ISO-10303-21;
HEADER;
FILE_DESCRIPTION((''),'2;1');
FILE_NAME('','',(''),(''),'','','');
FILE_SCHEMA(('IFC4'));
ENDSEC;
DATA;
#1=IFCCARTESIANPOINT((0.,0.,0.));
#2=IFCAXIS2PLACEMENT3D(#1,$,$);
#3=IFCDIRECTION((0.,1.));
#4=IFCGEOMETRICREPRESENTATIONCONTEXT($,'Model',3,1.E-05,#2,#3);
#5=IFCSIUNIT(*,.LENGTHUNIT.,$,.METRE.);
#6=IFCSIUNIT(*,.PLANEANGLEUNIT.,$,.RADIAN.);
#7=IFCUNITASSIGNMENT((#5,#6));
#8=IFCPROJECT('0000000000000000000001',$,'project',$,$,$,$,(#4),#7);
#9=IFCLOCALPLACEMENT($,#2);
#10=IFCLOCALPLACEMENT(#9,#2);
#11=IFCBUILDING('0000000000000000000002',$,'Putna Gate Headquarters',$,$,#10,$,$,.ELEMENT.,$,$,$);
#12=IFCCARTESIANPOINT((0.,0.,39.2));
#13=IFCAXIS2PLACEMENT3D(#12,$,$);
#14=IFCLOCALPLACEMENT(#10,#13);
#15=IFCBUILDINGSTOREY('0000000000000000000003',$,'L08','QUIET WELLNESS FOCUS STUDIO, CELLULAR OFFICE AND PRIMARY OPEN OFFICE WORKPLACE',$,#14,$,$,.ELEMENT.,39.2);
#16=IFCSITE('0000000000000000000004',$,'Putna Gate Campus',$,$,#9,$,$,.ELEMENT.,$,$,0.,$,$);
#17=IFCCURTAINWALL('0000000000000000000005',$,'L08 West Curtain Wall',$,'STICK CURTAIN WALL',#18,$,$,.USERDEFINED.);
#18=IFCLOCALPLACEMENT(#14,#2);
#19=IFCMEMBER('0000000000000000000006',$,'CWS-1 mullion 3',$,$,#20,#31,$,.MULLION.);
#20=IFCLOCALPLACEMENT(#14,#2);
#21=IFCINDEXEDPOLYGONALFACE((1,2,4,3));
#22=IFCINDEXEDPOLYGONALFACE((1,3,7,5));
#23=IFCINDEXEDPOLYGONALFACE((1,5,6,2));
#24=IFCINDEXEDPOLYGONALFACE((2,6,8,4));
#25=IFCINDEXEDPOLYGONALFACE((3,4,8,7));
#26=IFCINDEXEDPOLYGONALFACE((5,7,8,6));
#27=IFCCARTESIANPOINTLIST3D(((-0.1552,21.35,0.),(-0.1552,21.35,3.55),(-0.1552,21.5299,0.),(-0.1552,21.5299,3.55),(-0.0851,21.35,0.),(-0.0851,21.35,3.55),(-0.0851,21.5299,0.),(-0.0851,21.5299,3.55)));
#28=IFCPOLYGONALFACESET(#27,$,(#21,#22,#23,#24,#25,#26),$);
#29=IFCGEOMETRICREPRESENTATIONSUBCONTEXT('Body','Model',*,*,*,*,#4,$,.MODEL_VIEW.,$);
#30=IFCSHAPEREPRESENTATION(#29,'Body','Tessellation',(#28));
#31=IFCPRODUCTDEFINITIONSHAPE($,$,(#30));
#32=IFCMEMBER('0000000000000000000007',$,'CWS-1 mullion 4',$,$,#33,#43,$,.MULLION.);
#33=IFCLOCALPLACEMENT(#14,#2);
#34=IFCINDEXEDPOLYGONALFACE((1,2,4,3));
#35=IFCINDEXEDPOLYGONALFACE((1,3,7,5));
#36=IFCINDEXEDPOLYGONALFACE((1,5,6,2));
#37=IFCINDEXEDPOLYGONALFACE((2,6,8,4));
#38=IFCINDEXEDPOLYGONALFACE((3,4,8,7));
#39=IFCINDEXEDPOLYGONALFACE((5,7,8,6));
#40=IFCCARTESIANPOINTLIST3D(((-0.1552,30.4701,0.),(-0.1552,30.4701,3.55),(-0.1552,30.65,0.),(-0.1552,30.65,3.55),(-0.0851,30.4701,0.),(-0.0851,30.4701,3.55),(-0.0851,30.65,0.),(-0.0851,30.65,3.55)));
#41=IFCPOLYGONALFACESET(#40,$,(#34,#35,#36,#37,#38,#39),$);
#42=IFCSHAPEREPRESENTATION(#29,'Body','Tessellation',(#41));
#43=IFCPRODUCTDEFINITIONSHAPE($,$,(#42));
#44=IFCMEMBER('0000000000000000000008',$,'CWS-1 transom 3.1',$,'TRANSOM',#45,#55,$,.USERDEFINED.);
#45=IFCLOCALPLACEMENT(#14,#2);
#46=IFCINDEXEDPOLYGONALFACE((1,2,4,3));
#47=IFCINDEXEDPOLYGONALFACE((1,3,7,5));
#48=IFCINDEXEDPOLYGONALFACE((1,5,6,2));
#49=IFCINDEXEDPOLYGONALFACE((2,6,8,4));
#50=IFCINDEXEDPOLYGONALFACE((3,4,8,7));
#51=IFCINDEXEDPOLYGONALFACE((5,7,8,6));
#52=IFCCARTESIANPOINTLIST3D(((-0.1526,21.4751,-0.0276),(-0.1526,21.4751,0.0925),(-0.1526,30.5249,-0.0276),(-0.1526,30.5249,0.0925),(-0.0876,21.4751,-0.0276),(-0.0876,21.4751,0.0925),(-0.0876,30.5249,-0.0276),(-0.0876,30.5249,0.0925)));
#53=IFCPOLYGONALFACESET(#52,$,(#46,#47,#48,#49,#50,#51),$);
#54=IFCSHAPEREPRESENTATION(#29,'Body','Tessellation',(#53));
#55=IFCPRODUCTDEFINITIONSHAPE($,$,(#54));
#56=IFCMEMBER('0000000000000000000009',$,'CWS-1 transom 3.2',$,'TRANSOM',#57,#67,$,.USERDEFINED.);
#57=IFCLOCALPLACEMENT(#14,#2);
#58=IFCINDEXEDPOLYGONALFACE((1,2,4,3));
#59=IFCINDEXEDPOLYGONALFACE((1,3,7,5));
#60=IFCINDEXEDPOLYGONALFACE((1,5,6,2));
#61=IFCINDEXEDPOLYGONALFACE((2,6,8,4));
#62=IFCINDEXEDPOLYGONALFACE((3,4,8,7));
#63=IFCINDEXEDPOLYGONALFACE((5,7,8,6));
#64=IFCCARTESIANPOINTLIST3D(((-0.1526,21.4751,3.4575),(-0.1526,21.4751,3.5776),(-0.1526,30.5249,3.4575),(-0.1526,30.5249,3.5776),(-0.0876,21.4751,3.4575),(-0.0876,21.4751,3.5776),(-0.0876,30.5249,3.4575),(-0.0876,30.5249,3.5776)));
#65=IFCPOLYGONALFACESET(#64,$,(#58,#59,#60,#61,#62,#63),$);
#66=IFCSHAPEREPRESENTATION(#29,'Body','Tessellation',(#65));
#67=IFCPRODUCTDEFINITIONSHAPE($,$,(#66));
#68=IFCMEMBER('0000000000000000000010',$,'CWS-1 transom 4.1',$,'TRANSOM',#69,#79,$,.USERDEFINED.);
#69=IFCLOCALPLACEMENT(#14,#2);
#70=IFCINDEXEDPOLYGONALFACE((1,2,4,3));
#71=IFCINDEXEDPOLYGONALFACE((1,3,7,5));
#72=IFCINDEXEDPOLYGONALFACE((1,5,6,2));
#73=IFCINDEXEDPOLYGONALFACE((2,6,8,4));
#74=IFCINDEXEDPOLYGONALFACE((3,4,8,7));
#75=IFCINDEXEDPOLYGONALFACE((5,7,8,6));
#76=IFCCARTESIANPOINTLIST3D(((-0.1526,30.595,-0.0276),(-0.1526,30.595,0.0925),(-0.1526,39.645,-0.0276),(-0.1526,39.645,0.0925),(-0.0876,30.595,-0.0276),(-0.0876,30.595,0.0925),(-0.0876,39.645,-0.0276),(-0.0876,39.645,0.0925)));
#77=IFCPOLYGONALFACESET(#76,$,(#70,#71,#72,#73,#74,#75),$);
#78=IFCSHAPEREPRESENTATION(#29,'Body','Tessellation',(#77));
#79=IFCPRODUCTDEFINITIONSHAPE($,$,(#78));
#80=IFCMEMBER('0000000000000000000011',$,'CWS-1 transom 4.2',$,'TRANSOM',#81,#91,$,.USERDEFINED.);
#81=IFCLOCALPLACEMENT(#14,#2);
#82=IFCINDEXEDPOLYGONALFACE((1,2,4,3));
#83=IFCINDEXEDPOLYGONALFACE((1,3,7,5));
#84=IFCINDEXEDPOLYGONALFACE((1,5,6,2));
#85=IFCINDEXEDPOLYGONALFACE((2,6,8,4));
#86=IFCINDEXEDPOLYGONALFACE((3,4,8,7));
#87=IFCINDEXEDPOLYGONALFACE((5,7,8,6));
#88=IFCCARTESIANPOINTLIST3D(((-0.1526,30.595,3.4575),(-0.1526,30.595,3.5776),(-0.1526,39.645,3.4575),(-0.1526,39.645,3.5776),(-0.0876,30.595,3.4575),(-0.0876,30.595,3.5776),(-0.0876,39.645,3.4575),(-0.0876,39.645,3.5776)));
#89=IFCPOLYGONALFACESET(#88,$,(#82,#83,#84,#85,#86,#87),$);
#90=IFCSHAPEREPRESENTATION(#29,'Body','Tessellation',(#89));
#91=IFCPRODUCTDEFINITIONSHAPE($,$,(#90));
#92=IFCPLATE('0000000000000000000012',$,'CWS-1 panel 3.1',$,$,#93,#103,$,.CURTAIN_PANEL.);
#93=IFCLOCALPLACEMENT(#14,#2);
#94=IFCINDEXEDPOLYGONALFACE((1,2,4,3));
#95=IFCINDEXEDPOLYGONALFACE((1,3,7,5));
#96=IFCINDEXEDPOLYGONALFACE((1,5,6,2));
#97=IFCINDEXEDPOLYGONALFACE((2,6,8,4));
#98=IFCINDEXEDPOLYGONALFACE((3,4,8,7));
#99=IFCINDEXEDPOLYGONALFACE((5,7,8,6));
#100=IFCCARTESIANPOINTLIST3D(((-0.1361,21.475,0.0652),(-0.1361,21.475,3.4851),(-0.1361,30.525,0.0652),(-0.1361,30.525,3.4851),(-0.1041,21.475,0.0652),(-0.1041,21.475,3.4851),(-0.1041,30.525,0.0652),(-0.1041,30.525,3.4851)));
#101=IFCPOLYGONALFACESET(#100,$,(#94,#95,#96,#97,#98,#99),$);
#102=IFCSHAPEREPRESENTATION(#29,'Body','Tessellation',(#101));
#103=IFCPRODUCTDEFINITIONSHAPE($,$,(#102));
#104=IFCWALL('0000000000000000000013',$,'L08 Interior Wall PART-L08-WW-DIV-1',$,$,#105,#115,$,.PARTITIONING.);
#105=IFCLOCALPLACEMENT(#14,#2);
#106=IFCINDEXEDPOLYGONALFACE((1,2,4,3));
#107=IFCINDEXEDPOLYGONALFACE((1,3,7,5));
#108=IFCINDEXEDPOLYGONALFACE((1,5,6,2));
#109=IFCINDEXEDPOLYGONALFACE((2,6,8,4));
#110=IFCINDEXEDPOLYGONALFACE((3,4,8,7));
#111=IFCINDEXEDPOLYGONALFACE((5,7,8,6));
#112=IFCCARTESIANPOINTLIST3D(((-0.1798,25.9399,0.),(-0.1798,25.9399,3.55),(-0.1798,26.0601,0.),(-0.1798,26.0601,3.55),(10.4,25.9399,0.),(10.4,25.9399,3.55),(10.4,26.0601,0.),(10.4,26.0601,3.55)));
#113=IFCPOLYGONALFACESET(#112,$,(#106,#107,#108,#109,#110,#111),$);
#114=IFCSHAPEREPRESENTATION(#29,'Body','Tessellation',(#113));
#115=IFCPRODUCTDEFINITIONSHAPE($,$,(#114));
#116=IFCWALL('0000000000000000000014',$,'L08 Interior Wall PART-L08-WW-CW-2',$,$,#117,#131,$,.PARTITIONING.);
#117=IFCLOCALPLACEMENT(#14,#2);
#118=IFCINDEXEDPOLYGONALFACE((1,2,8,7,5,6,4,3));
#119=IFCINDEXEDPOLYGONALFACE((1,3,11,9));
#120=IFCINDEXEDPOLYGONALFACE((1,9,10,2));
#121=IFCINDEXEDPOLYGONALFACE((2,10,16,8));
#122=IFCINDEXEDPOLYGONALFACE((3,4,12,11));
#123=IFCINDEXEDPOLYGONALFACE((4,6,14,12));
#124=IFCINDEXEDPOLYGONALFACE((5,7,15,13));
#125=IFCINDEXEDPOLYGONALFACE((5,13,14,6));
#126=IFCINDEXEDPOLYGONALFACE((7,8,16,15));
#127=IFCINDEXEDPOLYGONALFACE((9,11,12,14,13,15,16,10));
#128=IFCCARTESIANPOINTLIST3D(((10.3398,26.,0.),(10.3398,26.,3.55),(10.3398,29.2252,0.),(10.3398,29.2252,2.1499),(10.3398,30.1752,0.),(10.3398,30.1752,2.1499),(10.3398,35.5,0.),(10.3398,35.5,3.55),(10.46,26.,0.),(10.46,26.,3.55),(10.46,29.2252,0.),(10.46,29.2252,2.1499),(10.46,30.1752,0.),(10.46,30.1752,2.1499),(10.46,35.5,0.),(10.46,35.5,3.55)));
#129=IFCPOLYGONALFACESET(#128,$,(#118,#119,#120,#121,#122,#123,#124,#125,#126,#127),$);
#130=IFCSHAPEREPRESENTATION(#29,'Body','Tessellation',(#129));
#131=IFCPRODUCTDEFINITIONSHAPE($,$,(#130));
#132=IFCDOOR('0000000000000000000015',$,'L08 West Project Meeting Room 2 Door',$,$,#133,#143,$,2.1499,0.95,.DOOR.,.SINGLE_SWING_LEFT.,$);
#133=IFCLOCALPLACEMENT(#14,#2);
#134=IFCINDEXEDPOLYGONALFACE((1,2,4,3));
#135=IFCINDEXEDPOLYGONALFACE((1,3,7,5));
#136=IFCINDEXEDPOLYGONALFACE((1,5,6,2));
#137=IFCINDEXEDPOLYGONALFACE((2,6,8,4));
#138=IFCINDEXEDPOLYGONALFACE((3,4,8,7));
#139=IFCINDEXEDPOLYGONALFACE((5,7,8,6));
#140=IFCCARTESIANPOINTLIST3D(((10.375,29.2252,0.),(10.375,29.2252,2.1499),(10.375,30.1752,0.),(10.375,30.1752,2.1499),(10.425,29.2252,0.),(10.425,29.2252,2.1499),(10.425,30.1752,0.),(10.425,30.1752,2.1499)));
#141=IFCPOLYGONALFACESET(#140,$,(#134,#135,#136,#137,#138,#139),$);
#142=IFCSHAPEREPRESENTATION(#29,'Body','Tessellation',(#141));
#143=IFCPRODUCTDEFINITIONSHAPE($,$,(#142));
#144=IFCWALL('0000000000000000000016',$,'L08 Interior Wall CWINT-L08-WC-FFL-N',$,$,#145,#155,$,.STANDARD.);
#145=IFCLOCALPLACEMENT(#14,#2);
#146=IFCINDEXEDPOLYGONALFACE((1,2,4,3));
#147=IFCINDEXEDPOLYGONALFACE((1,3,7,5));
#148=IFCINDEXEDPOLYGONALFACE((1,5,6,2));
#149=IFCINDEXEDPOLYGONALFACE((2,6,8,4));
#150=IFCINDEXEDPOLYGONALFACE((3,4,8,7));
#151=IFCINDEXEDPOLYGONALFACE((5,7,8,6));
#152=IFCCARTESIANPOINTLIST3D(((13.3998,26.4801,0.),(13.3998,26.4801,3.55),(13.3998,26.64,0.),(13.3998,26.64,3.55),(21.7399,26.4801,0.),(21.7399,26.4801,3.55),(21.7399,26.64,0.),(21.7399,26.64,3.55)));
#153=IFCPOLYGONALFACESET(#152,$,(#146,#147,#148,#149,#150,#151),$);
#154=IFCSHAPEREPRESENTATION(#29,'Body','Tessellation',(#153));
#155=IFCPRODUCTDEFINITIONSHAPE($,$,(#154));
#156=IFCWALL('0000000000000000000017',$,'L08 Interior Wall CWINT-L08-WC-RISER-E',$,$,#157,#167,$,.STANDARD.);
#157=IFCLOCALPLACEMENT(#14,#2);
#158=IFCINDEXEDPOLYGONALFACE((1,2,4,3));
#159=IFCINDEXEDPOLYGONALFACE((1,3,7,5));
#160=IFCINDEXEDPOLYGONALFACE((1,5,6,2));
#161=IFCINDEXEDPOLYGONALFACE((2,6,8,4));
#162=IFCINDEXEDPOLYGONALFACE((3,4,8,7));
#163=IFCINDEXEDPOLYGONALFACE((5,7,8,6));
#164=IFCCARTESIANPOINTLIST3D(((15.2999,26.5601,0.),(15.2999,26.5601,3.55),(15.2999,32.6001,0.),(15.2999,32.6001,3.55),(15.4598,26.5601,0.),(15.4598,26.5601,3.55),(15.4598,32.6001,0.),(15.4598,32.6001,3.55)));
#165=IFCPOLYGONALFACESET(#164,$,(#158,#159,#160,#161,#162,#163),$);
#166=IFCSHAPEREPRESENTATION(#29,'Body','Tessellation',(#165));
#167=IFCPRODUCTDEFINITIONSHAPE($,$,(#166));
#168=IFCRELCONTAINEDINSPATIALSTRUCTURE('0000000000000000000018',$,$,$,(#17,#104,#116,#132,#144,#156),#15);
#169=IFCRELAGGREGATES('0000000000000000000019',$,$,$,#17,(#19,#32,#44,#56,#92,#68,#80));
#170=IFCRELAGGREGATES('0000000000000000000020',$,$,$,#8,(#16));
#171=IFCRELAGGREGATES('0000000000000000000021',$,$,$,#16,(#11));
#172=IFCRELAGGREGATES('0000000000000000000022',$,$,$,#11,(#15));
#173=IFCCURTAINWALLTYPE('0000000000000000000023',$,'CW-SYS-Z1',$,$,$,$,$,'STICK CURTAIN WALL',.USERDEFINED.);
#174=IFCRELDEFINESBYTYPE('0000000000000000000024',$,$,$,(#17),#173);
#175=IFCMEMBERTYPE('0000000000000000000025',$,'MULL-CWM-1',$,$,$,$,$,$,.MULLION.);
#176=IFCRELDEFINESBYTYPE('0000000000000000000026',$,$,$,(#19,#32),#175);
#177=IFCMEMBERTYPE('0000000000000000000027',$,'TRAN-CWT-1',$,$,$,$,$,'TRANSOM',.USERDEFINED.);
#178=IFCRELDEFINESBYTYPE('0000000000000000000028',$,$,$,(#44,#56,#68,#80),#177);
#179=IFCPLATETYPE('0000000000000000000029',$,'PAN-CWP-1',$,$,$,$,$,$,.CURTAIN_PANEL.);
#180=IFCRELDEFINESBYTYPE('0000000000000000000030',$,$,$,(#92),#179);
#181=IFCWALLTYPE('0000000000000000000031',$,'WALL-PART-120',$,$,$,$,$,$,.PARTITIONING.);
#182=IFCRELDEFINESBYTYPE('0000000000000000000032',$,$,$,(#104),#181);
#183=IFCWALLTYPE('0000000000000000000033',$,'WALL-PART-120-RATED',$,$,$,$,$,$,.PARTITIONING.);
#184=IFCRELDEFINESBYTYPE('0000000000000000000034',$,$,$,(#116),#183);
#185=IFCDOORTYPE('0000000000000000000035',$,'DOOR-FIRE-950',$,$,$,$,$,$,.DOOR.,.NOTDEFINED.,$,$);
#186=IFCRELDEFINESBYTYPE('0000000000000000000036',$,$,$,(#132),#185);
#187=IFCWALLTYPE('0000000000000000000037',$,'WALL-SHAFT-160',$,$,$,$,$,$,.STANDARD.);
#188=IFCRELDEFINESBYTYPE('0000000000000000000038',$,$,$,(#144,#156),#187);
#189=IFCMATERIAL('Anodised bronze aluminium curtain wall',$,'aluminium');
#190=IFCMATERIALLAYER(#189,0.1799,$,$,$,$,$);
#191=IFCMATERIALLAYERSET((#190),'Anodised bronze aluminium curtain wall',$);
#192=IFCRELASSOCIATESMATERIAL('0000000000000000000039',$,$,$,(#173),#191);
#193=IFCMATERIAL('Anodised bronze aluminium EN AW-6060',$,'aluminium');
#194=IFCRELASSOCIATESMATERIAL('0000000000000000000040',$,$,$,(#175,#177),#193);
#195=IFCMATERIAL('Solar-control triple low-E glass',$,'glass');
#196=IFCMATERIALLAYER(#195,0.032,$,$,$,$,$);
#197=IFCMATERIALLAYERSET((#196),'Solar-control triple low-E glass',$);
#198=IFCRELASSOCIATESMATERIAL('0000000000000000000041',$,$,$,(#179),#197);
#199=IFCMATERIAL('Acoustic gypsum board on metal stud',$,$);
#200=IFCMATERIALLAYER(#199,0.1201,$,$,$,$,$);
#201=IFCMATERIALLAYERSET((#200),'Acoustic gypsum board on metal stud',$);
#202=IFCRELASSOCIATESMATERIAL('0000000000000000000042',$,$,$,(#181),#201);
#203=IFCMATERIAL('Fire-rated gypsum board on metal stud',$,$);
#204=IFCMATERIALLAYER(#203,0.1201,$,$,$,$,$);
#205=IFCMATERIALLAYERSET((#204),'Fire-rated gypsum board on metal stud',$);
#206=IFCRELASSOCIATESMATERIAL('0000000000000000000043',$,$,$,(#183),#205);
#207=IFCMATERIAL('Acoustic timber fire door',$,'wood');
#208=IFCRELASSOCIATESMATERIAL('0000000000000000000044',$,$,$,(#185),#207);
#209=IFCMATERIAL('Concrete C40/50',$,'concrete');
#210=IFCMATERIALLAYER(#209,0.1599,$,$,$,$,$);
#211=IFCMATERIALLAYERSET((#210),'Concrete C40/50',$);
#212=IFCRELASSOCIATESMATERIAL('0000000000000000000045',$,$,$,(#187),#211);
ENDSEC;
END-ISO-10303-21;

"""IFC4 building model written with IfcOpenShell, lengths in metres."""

from ifc_helpers import new_model, si_unit, direction, frame, frame_2d, origin, origin_2d, place, context, subcontext, project, spatial, rectangle, extrude, material, layer, layer_set, material_profile, profile_set, type_object, element, fill, aggregate, save


model = new_model("IFC4")

# Units and contexts
model_context = context("Model", 3, precision=1e-05, world=origin(), true_north=direction((0.0, 1.0)))
body_context = subcontext(model_context, "Body", "Model", "MODEL_VIEW")
ifc_project = project(units=[si_unit("LENGTHUNIT", "METRE"), si_unit("PLANEANGLEUNIT", "RADIAN")], contexts=[model_context])

# Site, building, storey
site_placement = place(None, origin())
site = spatial("IfcSite", under=ifc_project, at=site_placement, Name="Putna Gate Campus", CompositionType="ELEMENT", RefElevation=0.0)
building_placement = place(site_placement, origin())
building = spatial("IfcBuilding", under=site, at=building_placement, Name="Putna Gate Headquarters", CompositionType="ELEMENT")
storey_placement = place(building_placement, frame((0.0, 0.0, 39.2)))
storey = spatial("IfcBuildingStorey", under=building, at=storey_placement, Name="L08", Description="QUIET WELLNESS FOCUS STUDIO, CELLULAR OFFICE AND PRIMARY OPEN OFFICE WORKPLACE", CompositionType="ELEMENT", Elevation=39.2)

# Curtain wall, members, plate
ifc_material_1 = material(Name="Anodised bronze aluminium curtain wall", Category="aluminium")
ifc_layer_1 = layer(ifc_material_1, 0.1799)
ifc_layer_set_1 = layer_set([ifc_layer_1], Name="Anodised bronze aluminium curtain wall")
curtain_wall_type = type_object("IfcCurtainWallType", Name="CW-SYS-Z1", ElementType="STICK CURTAIN WALL", PredefinedType="USERDEFINED", material=ifc_layer_set_1)
curtain_wall_placement = place(storey_placement, origin())
curtain_wall = element("IfcCurtainWall", 1, at=curtain_wall_placement, inside=storey, type_object=curtain_wall_type, Name="L08 West Curtain Wall", ObjectType="STICK CURTAIN WALL", PredefinedType="USERDEFINED")
ifc_material_2 = material(Name="Anodised bronze aluminium EN AW-6060", Category="aluminium")
ifc_material_profile_1 = material_profile(ifc_material_2, rectangle(XDim=0.0701, YDim=0.1799, at=origin_2d()), Name="Anodised bronze aluminium EN AW-6060")
ifc_profile_set_1 = profile_set([ifc_material_profile_1], Name="Anodised bronze aluminium EN AW-6060")
member_type_1 = type_object("IfcMemberType", Name="MULL-CWM-1", PredefinedType="MULLION", material=ifc_profile_set_1)
member_1_placement = place(storey_placement, frame((-0.1201, 21.4399, 0.0), z_axis=(0.0, 0.0, 1.0), x_axis=(-1.0, 0.0, 0.0)))
member_1 = element("IfcMember", 2, at=member_1_placement, type_object=member_type_1, Name="CWS-1 mullion 3", PredefinedType="MULLION", context=body_context, shape_type="SweptSolid", body=[
    extrude(rectangle(XDim=0.0701, YDim=0.1799, at=origin_2d()), origin(), (0.0, 0.0, 1.0), 3.55),
])
member_2_placement = place(storey_placement, frame((-0.1201, 30.5601, 0.0), z_axis=(0.0, 0.0, 1.0), x_axis=(-1.0, 0.0, 0.0)))
member_2 = element("IfcMember", 3, at=member_2_placement, type_object=member_type_1, Name="CWS-1 mullion 4", PredefinedType="MULLION", context=body_context, shape_type="SweptSolid", body=[
    extrude(rectangle(XDim=0.0701, YDim=0.1799, at=origin_2d()), origin(), (0.0, 0.0, 1.0), 3.55),
])
ifc_material_profile_2 = material_profile(ifc_material_2, rectangle(XDim=0.0649, YDim=0.1201, at=origin_2d()), Name="Anodised bronze aluminium EN AW-6060")
ifc_profile_set_2 = profile_set([ifc_material_profile_2], Name="Anodised bronze aluminium EN AW-6060")
member_type_2 = type_object("IfcMemberType", Name="TRAN-CWT-1", ElementType="TRANSOM", PredefinedType="USERDEFINED", material=ifc_profile_set_2)
member_3_placement = place(storey_placement, frame((-0.1201, 21.4751, 0.0325), z_axis=(0.0, 1.0, 0.0), x_axis=(-1.0, 0.0, 0.0)))
member_3 = element("IfcMember", 4, at=member_3_placement, type_object=member_type_2, Name="CWS-1 transom 3.1", ObjectType="TRANSOM", PredefinedType="USERDEFINED", context=body_context, shape_type="SweptSolid", body=[
    extrude(rectangle(XDim=0.0649, YDim=0.1201, at=origin_2d()), origin(), (0.0, 0.0, 1.0), 9.0498),
])
member_4_placement = place(storey_placement, frame((-0.1201, 21.4751, 3.5176), z_axis=(0.0, 1.0, 0.0), x_axis=(-1.0, 0.0, 0.0)))
member_4 = element("IfcMember", 5, at=member_4_placement, type_object=member_type_2, Name="CWS-1 transom 3.2", ObjectType="TRANSOM", PredefinedType="USERDEFINED", context=body_context, shape_type="SweptSolid", body=[
    extrude(rectangle(XDim=0.0649, YDim=0.1201, at=origin_2d()), origin(), (0.0, 0.0, 1.0), 9.0498),
])
member_5_placement = place(storey_placement, frame((-0.1201, 30.595, 0.0325), z_axis=(0.0, 1.0, 0.0), x_axis=(-1.0, 0.0, 0.0)))
member_5 = element("IfcMember", 6, at=member_5_placement, type_object=member_type_2, Name="CWS-1 transom 4.1", ObjectType="TRANSOM", PredefinedType="USERDEFINED", context=body_context, shape_type="SweptSolid", body=[
    extrude(rectangle(XDim=0.0649, YDim=0.1201, at=origin_2d()), origin(), (0.0, 0.0, 1.0), 9.05),
])
member_6_placement = place(storey_placement, frame((-0.1201, 30.595, 3.5176), z_axis=(0.0, 1.0, 0.0), x_axis=(-1.0, 0.0, 0.0)))
member_6 = element("IfcMember", 7, at=member_6_placement, type_object=member_type_2, Name="CWS-1 transom 4.2", ObjectType="TRANSOM", PredefinedType="USERDEFINED", context=body_context, shape_type="SweptSolid", body=[
    extrude(rectangle(XDim=0.0649, YDim=0.1201, at=origin_2d()), origin(), (0.0, 0.0, 1.0), 9.05),
])
ifc_material_3 = material(Name="Solar-control triple low-E glass", Category="glass")
ifc_layer_2 = layer(ifc_material_3, 0.032)
ifc_layer_set_2 = layer_set([ifc_layer_2], Name="Solar-control triple low-E glass")
plate_type = type_object("IfcPlateType", Name="PAN-CWP-1", PredefinedType="CURTAIN_PANEL", material=ifc_layer_set_2)
plate_placement = place(storey_placement, frame((-0.1201, 26.0, 0.0652), z_axis=(0.0, 0.0, 1.0), x_axis=(0.0, 1.0, 0.0)))
plate = element("IfcPlate", 8, at=plate_placement, type_object=plate_type, Name="CWS-1 panel 3.1", PredefinedType="CURTAIN_PANEL", context=body_context, shape_type="SweptSolid", body=[
    extrude(rectangle(XDim=9.05, YDim=0.032, at=origin_2d()), origin(), (0.0, 0.0, 1.0), 3.4199),
])
aggregate(curtain_wall, [member_1, member_2, member_3, member_4, plate, member_5, member_6])

# Wall
ifc_material_4 = material(Name="Acoustic gypsum board on metal stud")
ifc_layer_3 = layer(ifc_material_4, 0.1201)
ifc_layer_set_3 = layer_set([ifc_layer_3], Name="Acoustic gypsum board on metal stud")
wall_type_1 = type_object("IfcWallType", Name="WALL-PART-120", PredefinedType="PARTITIONING", material=ifc_layer_set_3)
wall_1_placement = place(storey_placement, frame((-0.1799, 26.0, 0.0), z_axis=(0.0, 0.0, 1.0), x_axis=(1.0, 0.0, 0.0)))
element("IfcWall", 9, at=wall_1_placement, inside=storey, type_object=wall_type_1, Name="L08 Interior Wall PART-L08-WW-DIV-1", PredefinedType="PARTITIONING", context=body_context, shape_type="SweptSolid", body=[
    extrude(rectangle(XDim=10.5798, YDim=0.1201, at=frame_2d((5.29, 0.0))), origin(), (0.0, 0.0, 1.0), 3.55),
])

# Wall, opening, door
ifc_material_5 = material(Name="Fire-rated gypsum board on metal stud")
ifc_layer_4 = layer(ifc_material_5, 0.1201)
ifc_layer_set_4 = layer_set([ifc_layer_4], Name="Fire-rated gypsum board on metal stud")
wall_type_2 = type_object("IfcWallType", Name="WALL-PART-120-RATED", PredefinedType="PARTITIONING", material=ifc_layer_set_4)
wall_2_placement = place(storey_placement, frame((10.3999, 26.0, 0.0), z_axis=(0.0, 0.0, 1.0), x_axis=(0.0, 1.0, 0.0)))
wall_2 = element("IfcWall", 10, at=wall_2_placement, inside=storey, type_object=wall_type_2, Name="L08 Interior Wall PART-L08-WW-CW-2", PredefinedType="PARTITIONING", context=body_context, shape_type="SweptSolid", body=[
    extrude(rectangle(XDim=9.5, YDim=0.1201, at=frame_2d((4.75, 0.0))), origin(), (0.0, 0.0, 1.0), 3.55),
])
opening_1_placement = place(wall_2_placement, frame((3.2251, 0.0, 0.0)))
opening_1 = element("IfcOpeningElement", 11, at=opening_1_placement, cuts=wall_2, PredefinedType="OPENING", context=body_context, shape_type="SweptSolid", body=[
    extrude(rectangle(XDim=0.95, YDim=2.1499, at=frame_2d((0.4751, 1.075))), frame((0.0, 0.0701, 0.0), z_axis=(0.0, -1.0, 0.0), x_axis=(1.0, 0.0, 0.0)), (0.0, 0.0, 1.0), 0.1401),
])
ifc_material_6 = material(Name="Acoustic timber fire door", Category="wood")
door_type_1 = type_object("IfcDoorType", Name="DOOR-FIRE-950", OperationType="NOTDEFINED", PredefinedType="DOOR", material=ifc_material_6)
door_1_placement = place(opening_1_placement, origin())
door_1 = element("IfcDoor", 12, at=door_1_placement, inside=storey, type_object=door_type_1, Name="L08 West Project Meeting Room 2 Door", OperationType="SINGLE_SWING_LEFT", OverallHeight=2.1499, OverallWidth=0.95, PredefinedType="DOOR", context=body_context, shape_type="SweptSolid", body=[
    extrude(rectangle(XDim=0.95, YDim=2.1499, at=frame_2d((0.4751, 1.075))), frame((0.0, 0.0249, 0.0), z_axis=(0.0, -1.0, 0.0), x_axis=(1.0, 0.0, 0.0)), (0.0, 0.0, 1.0), 0.05),
])
fill(opening_1, door_1)

# Walls
ifc_material_7 = material(Name="Concrete C40/50", Category="concrete")
ifc_layer_5 = layer(ifc_material_7, 0.1599)
ifc_layer_set_5 = layer_set([ifc_layer_5], Name="Concrete C40/50")
wall_type_3 = type_object("IfcWallType", Name="WALL-SHAFT-160", PredefinedType="STANDARD", material=ifc_layer_set_5)
wall_3_placement = place(storey_placement, frame((13.3999, 26.5601, 0.0), z_axis=(0.0, 0.0, 1.0), x_axis=(1.0, 0.0, 0.0)))
element("IfcWall", 13, at=wall_3_placement, inside=storey, type_object=wall_type_3, Name="L08 Interior Wall CWINT-L08-WC-FFL-N", PredefinedType="STANDARD", context=body_context, shape_type="SweptSolid", body=[
    extrude(rectangle(XDim=8.3401, YDim=0.1599, at=frame_2d((4.1699, 0.0))), origin(), (0.0, 0.0, 1.0), 3.55),
])
wall_4_placement = place(storey_placement, frame((15.3799, 26.5601, 0.0), z_axis=(0.0, 0.0, 1.0), x_axis=(0.0, 1.0, 0.0)))
element("IfcWall", 14, at=wall_4_placement, inside=storey, type_object=wall_type_3, Name="L08 Interior Wall CWINT-L08-WC-RISER-E", PredefinedType="STANDARD", context=body_context, shape_type="SweptSolid", body=[
    extrude(rectangle(XDim=6.04, YDim=0.1599, at=frame_2d((3.02, 0.0))), origin(), (0.0, 0.0, 1.0), 3.55),
])

save(model, "model.ifc")
